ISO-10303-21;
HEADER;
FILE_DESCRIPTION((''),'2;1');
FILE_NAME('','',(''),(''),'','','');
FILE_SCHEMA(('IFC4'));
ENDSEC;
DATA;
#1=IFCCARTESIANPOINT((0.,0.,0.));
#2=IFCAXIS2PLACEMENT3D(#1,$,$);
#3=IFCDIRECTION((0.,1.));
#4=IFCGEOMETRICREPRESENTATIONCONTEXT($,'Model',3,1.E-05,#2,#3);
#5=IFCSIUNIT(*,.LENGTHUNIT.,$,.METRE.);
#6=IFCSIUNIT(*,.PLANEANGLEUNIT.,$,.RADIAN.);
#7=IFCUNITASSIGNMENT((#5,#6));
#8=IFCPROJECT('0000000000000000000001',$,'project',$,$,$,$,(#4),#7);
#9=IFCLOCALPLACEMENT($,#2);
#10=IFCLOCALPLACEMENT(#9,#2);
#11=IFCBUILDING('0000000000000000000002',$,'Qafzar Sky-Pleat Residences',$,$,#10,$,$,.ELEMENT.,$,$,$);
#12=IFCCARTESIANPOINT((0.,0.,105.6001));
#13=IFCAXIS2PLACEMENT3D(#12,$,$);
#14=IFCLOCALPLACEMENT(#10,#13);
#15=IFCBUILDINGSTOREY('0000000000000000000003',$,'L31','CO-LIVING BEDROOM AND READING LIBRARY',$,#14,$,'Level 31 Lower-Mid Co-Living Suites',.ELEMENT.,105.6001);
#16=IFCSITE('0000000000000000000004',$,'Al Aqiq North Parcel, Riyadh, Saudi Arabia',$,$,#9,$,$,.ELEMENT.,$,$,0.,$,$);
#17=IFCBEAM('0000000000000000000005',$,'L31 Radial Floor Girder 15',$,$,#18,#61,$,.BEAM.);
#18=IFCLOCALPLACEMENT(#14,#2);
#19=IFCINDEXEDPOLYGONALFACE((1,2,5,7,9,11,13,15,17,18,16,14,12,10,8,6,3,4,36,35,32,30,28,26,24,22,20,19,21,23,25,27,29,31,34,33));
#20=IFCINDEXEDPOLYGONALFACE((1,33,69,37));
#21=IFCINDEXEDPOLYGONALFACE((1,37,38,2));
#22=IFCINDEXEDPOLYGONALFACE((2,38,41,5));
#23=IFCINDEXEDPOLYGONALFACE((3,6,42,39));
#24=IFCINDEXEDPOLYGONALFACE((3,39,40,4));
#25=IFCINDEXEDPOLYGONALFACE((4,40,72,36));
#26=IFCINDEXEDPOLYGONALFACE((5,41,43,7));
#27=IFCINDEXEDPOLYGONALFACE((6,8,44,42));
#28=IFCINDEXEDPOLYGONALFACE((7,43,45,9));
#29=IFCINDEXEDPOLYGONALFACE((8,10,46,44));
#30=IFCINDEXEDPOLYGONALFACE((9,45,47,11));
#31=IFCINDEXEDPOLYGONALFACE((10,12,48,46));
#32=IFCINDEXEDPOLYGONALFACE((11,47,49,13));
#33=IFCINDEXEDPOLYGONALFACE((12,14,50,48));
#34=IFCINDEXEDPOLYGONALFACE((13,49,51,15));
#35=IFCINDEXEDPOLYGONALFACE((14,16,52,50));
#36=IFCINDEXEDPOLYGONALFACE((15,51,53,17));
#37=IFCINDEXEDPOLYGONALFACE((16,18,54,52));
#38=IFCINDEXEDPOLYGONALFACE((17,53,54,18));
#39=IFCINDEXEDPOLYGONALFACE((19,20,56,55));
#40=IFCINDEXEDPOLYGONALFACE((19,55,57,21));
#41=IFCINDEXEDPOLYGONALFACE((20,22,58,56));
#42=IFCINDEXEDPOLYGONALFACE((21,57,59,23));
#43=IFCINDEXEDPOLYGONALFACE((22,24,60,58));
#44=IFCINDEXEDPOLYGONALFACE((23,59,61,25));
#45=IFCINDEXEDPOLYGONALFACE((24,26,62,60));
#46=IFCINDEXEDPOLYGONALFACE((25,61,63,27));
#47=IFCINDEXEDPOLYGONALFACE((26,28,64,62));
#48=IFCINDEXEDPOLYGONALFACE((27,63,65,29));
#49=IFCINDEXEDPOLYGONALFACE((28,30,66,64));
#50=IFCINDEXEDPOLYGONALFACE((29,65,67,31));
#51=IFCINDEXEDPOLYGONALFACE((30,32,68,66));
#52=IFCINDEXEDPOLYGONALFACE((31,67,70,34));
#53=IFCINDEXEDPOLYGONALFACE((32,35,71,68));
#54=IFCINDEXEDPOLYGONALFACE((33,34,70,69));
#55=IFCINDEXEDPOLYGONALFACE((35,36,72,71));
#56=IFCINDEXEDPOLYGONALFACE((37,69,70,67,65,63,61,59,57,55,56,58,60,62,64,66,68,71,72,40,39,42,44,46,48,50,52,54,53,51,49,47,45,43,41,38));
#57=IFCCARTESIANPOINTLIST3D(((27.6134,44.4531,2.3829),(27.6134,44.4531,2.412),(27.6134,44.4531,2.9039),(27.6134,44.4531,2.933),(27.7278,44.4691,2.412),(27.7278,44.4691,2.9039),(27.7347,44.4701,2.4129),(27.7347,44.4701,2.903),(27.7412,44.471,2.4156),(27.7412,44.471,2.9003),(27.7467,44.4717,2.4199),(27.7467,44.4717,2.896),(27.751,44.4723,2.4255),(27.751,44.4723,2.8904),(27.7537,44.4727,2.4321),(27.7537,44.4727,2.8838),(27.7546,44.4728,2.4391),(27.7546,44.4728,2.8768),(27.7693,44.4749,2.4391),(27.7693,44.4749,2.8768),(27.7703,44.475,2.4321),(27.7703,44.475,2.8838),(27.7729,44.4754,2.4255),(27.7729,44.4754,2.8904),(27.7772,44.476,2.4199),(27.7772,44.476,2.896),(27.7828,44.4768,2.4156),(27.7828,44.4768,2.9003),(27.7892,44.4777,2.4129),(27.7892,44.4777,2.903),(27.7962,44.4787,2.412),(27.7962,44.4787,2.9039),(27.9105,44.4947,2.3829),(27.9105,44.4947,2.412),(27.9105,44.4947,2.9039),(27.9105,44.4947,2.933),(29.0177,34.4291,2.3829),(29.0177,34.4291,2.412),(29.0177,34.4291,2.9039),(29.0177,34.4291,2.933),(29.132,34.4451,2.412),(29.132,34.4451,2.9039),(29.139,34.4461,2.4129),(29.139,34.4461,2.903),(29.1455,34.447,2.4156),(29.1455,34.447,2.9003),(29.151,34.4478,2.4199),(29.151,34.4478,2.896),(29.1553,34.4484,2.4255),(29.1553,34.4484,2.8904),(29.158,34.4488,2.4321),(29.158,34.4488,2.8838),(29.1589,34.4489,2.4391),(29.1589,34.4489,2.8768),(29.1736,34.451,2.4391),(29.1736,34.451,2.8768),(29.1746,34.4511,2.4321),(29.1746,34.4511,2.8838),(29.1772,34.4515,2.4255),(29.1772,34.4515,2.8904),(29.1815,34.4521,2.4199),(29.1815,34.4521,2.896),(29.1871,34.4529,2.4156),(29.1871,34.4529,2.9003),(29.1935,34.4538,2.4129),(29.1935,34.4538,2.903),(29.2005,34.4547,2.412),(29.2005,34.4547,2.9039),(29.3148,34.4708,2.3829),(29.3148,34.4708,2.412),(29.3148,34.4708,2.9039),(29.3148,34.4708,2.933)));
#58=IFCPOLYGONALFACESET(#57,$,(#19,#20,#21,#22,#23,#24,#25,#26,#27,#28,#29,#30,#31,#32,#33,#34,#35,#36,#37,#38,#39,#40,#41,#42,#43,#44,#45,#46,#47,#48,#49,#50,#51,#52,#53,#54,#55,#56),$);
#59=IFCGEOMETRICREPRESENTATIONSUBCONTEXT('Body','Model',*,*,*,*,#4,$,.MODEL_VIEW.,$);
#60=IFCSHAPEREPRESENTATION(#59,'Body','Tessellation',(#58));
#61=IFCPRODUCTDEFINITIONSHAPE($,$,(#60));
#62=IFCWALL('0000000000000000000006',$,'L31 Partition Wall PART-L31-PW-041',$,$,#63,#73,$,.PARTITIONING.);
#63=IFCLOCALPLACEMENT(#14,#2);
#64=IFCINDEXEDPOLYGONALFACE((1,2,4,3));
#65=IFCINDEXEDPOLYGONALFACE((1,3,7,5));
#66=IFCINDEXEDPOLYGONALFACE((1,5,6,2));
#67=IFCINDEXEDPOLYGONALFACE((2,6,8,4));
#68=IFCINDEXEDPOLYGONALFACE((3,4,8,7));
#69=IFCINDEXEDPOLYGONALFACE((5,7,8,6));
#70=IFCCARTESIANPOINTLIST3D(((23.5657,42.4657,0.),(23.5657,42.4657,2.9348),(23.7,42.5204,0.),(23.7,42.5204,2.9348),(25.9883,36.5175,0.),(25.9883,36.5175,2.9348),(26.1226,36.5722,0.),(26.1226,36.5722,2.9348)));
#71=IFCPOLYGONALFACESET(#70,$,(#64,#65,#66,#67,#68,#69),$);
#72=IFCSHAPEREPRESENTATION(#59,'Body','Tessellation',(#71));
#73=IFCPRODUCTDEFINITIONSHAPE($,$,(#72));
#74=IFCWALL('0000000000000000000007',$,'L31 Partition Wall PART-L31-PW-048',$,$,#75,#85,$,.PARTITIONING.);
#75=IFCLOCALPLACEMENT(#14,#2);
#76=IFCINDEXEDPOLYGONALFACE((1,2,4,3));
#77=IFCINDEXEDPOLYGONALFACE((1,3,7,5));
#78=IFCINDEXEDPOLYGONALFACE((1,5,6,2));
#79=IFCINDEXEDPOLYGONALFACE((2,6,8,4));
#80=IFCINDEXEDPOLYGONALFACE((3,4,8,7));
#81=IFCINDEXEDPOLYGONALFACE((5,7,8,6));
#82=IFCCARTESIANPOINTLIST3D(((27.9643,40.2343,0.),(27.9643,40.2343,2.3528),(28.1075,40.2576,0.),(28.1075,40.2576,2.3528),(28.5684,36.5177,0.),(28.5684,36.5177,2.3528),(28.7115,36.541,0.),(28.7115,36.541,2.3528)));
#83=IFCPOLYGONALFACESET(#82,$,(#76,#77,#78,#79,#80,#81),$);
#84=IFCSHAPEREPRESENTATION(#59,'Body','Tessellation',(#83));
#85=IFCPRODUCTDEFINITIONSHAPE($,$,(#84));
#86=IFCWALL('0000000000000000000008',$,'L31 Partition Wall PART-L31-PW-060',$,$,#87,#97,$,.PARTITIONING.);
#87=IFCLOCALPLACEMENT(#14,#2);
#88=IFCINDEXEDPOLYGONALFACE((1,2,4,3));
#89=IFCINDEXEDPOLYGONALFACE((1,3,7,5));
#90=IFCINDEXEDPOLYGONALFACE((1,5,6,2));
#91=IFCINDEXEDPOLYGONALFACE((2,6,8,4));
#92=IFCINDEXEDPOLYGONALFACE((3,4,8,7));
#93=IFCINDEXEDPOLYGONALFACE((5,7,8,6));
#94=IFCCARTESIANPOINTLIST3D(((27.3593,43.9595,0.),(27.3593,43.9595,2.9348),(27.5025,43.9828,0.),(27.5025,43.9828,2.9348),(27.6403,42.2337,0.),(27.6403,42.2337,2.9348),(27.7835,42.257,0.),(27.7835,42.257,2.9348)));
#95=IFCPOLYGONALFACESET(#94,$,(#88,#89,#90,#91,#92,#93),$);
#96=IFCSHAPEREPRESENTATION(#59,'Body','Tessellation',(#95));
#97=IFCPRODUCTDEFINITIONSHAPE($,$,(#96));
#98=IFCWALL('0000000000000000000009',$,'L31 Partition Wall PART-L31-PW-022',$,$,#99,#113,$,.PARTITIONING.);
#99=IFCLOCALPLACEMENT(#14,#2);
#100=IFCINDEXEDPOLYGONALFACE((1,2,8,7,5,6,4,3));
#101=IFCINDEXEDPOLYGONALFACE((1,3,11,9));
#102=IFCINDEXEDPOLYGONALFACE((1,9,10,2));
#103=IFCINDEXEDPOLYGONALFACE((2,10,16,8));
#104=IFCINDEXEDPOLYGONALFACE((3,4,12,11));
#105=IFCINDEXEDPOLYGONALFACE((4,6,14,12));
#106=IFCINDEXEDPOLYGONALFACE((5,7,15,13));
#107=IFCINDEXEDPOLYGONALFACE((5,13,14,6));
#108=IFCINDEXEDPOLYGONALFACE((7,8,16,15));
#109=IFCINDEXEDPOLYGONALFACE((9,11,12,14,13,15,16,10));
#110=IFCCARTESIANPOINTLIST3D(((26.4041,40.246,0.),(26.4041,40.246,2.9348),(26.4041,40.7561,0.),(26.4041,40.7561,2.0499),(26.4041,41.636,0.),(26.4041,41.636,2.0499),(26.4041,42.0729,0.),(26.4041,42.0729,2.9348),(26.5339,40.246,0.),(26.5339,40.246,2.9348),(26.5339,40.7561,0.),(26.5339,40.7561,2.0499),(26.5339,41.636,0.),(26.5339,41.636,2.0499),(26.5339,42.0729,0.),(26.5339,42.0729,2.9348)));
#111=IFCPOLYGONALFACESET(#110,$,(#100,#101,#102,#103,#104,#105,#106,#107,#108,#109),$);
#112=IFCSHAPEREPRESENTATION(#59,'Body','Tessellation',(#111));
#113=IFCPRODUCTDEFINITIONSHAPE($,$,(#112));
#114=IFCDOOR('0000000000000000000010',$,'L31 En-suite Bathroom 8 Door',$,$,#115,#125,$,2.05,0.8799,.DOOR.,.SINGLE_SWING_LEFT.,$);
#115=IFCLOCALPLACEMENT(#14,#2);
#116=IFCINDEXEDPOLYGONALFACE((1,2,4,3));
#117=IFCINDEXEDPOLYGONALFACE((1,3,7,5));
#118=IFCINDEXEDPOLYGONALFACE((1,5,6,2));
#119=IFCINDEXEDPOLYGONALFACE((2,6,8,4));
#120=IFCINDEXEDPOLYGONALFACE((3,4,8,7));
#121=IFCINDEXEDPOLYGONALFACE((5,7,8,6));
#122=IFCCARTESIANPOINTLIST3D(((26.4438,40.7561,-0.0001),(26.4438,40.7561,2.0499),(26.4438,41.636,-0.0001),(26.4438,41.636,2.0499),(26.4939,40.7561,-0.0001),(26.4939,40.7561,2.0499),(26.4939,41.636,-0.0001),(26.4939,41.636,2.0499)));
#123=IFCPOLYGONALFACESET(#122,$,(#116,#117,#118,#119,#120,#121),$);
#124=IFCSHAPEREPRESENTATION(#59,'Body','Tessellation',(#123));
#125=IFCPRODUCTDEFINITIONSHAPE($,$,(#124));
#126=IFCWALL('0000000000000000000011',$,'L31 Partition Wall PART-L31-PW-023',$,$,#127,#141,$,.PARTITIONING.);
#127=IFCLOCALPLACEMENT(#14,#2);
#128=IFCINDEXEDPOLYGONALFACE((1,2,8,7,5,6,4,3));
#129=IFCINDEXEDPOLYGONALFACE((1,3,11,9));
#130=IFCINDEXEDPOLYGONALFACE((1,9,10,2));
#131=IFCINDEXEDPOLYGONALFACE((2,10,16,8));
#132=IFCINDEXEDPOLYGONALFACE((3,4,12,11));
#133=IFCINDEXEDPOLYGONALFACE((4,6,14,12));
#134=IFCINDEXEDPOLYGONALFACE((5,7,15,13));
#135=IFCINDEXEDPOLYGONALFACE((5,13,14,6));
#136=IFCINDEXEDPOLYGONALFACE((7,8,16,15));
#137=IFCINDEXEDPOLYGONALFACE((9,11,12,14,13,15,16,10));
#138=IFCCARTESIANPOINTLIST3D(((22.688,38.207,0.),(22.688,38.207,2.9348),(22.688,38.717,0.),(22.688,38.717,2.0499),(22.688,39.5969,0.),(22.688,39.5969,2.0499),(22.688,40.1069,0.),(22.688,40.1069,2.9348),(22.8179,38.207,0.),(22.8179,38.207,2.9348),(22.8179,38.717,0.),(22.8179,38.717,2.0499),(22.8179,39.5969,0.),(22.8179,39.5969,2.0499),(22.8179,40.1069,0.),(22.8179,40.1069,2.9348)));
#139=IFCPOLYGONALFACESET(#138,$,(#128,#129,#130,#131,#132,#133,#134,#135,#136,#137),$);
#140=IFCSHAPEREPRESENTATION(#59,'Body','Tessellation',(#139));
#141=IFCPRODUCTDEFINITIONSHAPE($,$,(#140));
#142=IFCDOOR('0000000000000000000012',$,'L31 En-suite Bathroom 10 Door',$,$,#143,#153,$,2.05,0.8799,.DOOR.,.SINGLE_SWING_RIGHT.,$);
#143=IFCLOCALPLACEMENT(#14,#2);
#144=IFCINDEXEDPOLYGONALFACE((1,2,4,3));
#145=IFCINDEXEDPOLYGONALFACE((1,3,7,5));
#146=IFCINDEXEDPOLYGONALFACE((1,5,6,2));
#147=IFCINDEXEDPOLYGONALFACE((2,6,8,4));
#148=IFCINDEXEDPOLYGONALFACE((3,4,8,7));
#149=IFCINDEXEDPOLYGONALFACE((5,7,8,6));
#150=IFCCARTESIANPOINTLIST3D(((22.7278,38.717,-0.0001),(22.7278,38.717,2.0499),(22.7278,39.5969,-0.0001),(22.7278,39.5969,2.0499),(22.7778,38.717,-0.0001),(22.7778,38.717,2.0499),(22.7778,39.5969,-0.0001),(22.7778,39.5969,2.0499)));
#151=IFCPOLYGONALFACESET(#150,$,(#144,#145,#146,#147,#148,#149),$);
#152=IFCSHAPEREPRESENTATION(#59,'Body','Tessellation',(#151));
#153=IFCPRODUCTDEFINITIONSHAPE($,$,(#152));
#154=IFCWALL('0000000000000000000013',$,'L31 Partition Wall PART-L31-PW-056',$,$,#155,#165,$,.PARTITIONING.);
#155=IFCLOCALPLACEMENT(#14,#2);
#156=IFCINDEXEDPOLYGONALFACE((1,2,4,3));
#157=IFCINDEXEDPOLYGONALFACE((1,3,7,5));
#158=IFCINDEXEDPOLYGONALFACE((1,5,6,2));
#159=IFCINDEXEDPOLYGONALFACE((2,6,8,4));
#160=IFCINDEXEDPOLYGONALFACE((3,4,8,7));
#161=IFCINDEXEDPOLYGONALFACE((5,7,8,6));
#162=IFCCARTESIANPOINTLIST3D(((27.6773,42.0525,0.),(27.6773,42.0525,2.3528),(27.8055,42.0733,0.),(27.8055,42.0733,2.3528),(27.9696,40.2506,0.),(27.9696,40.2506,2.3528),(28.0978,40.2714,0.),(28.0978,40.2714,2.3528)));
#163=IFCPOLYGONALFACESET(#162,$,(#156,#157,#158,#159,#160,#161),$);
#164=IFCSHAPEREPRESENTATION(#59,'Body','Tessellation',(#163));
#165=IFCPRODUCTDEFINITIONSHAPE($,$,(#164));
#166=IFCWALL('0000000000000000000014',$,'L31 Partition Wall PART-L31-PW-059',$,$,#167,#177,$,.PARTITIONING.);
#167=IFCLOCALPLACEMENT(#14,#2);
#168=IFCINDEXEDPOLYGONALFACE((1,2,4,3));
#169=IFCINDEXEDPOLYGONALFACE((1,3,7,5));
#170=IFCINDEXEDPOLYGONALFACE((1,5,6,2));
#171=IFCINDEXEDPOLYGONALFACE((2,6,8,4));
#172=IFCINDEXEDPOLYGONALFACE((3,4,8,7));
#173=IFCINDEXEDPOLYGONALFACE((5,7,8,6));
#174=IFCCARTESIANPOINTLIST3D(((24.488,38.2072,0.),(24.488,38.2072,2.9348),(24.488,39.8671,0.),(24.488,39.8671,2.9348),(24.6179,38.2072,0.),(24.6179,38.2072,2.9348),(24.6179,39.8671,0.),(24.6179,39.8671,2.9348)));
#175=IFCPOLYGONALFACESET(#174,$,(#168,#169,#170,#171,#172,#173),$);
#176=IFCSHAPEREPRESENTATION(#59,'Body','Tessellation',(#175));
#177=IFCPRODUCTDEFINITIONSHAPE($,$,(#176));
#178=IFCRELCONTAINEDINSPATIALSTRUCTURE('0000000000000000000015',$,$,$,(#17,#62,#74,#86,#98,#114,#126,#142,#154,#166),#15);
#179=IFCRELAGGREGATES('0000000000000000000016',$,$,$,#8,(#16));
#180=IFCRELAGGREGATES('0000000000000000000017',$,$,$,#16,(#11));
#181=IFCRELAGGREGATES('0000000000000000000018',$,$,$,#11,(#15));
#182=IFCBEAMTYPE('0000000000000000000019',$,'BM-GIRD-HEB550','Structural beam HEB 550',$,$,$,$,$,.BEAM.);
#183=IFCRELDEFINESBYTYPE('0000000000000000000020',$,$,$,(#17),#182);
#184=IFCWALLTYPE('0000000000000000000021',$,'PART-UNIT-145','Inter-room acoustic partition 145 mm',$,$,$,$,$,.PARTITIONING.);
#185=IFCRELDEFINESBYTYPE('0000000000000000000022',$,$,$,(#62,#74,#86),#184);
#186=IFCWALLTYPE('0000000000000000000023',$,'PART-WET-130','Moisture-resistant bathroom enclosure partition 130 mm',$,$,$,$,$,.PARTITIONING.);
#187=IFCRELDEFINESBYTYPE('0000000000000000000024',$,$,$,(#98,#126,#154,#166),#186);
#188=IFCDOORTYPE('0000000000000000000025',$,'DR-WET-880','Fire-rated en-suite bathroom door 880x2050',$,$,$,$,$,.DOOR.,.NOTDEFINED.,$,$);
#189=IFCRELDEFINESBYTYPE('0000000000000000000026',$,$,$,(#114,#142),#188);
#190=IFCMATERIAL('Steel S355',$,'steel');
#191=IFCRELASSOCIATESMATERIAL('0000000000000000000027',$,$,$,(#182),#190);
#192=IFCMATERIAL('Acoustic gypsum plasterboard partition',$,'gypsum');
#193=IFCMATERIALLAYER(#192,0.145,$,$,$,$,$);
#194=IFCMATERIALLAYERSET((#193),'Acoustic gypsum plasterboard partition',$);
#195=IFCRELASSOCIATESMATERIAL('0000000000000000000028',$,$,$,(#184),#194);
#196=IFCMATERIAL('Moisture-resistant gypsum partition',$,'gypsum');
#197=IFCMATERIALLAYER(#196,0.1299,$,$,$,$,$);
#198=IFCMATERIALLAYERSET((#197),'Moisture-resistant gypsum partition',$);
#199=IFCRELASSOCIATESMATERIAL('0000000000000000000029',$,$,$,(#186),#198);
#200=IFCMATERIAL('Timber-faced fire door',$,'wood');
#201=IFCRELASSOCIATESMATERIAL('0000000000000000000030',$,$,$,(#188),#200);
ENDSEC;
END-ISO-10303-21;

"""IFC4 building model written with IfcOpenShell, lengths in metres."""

from ifc_helpers import new_model, si_unit, direction, frame, frame_2d, origin, origin_2d, place, context, subcontext, project, spatial, rectangle, i_section, extrude, source, transform, mapped, material, layer, layer_set, material_profile, profile_set, type_object, element, fill, save


model = new_model("IFC4")

# Units and contexts
model_context = context("Model", 3, precision=1e-05, world=origin(), true_north=direction((0.0, 1.0)))
body_context = subcontext(model_context, "Body", "Model", "MODEL_VIEW")
ifc_project = project(units=[si_unit("LENGTHUNIT", "METRE"), si_unit("PLANEANGLEUNIT", "RADIAN")], contexts=[model_context])

# Site, building, storey
site_placement = place(None, origin())
site = spatial("IfcSite", under=ifc_project, at=site_placement, Name="Al Aqiq North Parcel, Riyadh, Saudi Arabia", CompositionType="ELEMENT", RefElevation=0.0)
building_placement = place(site_placement, origin())
building = spatial("IfcBuilding", under=site, at=building_placement, Name="Qafzar Sky-Pleat Residences", CompositionType="ELEMENT")
storey_placement = place(building_placement, frame((0.0, 0.0, 105.6001)))
storey = spatial("IfcBuildingStorey", under=building, at=storey_placement, Name="L31", Description="CO-LIVING BEDROOM AND READING LIBRARY", LongName="Level 31 Lower-Mid Co-Living Suites", CompositionType="ELEMENT", Elevation=105.6001)

# Beam
ifc_material_1 = material(Name="Steel S355", Category="steel")
ifc_material_profile_1 = material_profile(ifc_material_1, i_section(OverallWidth=0.3, OverallDepth=0.55, WebThickness=0.0149, FlangeThickness=0.0291, FilletRadius=0.0271, at=origin_2d()), Name="HEB 550")
ifc_profile_set_1 = profile_set([ifc_material_profile_1], Name="Steel S355")
beam_type_1 = type_object("IfcBeamType", Name="BM-GIRD-HEB550", Description="Structural beam HEB 550", PredefinedType="BEAM", material=ifc_profile_set_1)
shared_shape_1 = source(origin(), body_context, "Body", "SweptSolid", [
    extrude(i_section(OverallWidth=0.3, OverallDepth=0.55, WebThickness=0.0149, FlangeThickness=0.0291, FilletRadius=0.0271, at=origin_2d()), origin(), (0.0, 0.0, 1.0), 10.1218),
])
beam_1_placement = place(storey_placement, frame((27.762, 44.4739, 2.658), z_axis=(0.13874, -0.990329, 0.0), x_axis=(0.990329, 0.13874, 0.0)))
element("IfcBeam", 1, at=beam_1_placement, inside=storey, type_object=beam_type_1, Name="L31 Radial Floor Girder 15", PredefinedType="BEAM", context=body_context, shape_type="MappedRepresentation", body=[
    mapped(shared_shape_1, transform((0.0, 0.0, 0.0), x_axis=(1.0, 0.0, 0.0), y_axis=(0.0, 1.0, 0.0), z_axis=(0.0, 0.0, 1.0), scale=1.0)),
])

# Walls
ifc_material_2 = material(Name="Acoustic gypsum plasterboard partition", Category="gypsum")
ifc_layer_1 = layer(ifc_material_2, 0.145)
ifc_layer_set_1 = layer_set([ifc_layer_1], Name="Acoustic gypsum plasterboard partition")
wall_type_1 = type_object("IfcWallType", Name="PART-UNIT-145", Description="Inter-room acoustic partition 145 mm", PredefinedType="PARTITIONING", material=ifc_layer_set_1)
wall_1_placement = place(storey_placement, frame((23.6328, 42.4932, 0.0), z_axis=(0.0, 0.0, 1.0), x_axis=(0.377197, -0.926133, 0.0)))
element("IfcWall", 2, at=wall_1_placement, inside=storey, type_object=wall_type_1, Name="L31 Partition Wall PART-L31-PW-041", PredefinedType="PARTITIONING", context=body_context, shape_type="SweptSolid", body=[
    extrude(rectangle(XDim=6.4226, YDim=0.145, at=frame_2d((3.2114, 0.0))), origin(), (0.0, 0.0, 1.0), 2.9348),
])
wall_2_placement = place(storey_placement, frame((28.0359, 40.2461, 0.0), z_axis=(0.0, 0.0, 1.0), x_axis=(0.160413, -0.98705, 0.0)))
element("IfcWall", 3, at=wall_2_placement, inside=storey, type_object=wall_type_1, Name="L31 Partition Wall PART-L31-PW-048", PredefinedType="PARTITIONING", context=body_context, shape_type="SweptSolid", body=[
    extrude(rectangle(XDim=3.7654, YDim=0.145, at=frame_2d((1.8828, 0.0))), origin(), (0.0, 0.0, 1.0), 2.3528),
])
wall_3_placement = place(storey_placement, frame((27.4309, 43.9712, 0.0), z_axis=(0.0, 0.0, 1.0), x_axis=(0.160707, -0.987002, 0.0)))
element("IfcWall", 4, at=wall_3_placement, inside=storey, type_object=wall_type_1, Name="L31 Partition Wall PART-L31-PW-060", PredefinedType="PARTITIONING", context=body_context, shape_type="SweptSolid", body=[
    extrude(rectangle(XDim=1.7485, YDim=0.145, at=frame_2d((0.8743, 0.0))), origin(), (0.0, 0.0, 1.0), 2.9348),
])

# Walls, openings, doors
ifc_material_3 = material(Name="Moisture-resistant gypsum partition", Category="gypsum")
ifc_layer_2 = layer(ifc_material_3, 0.1299)
ifc_layer_set_2 = layer_set([ifc_layer_2], Name="Moisture-resistant gypsum partition")
wall_type_2 = type_object("IfcWallType", Name="PART-WET-130", Description="Moisture-resistant bathroom enclosure partition 130 mm", PredefinedType="PARTITIONING", material=ifc_layer_set_2)
wall_4_placement = place(storey_placement, frame((26.469, 42.073, 0.0), z_axis=(0.0, 0.0, 1.0), x_axis=(0.0, -1.0, 0.0)))
wall_4 = element("IfcWall", 5, at=wall_4_placement, inside=storey, type_object=wall_type_2, Name="L31 Partition Wall PART-L31-PW-022", PredefinedType="PARTITIONING", context=body_context, shape_type="SweptSolid", body=[
    extrude(rectangle(XDim=1.8269, YDim=0.1299, at=frame_2d((0.9136, 0.0))), origin(), (0.0, 0.0, 1.0), 2.9348),
])
opening_1_placement = place(wall_4_placement, frame((0.437, 0.0, 0.0)))
opening_1 = element("IfcOpeningElement", 6, at=opening_1_placement, cuts=wall_4, PredefinedType="OPENING", context=body_context, shape_type="SweptSolid", body=[
    extrude(rectangle(XDim=0.8799, YDim=2.05, at=frame_2d((0.4399, 1.0249))), frame((0.0, 0.075, 0.0), z_axis=(0.0, -1.0, 0.0), x_axis=(1.0, 0.0, 0.0)), (0.0, 0.0, 1.0), 0.1499),
])
ifc_material_4 = material(Name="Timber-faced fire door", Category="wood")
door_type = type_object("IfcDoorType", Name="DR-WET-880", Description="Fire-rated en-suite bathroom door 880x2050", OperationType="NOTDEFINED", PredefinedType="DOOR", material=ifc_material_4)
shared_shape_2 = source(origin(), body_context, "Body", "SweptSolid", [
    extrude(rectangle(XDim=0.8799, YDim=2.05, at=frame_2d((0.4399, 1.0249))), frame((0.0, 0.0249, 0.0), z_axis=(0.0, -1.0, 0.0), x_axis=(1.0, 0.0, 0.0)), (0.0, 0.0, 1.0), 0.05),
])
door_1_placement = place(opening_1_placement, origin())
door_1 = element("IfcDoor", 7, at=door_1_placement, inside=storey, type_object=door_type, Name="L31 En-suite Bathroom 8 Door", OperationType="SINGLE_SWING_LEFT", OverallHeight=2.05, OverallWidth=0.8799, PredefinedType="DOOR", context=body_context, shape_type="MappedRepresentation", body=[
    mapped(shared_shape_2, transform((0.0, 0.0, 0.0), x_axis=(1.0, 0.0, 0.0), y_axis=(0.0, 1.0, 0.0), z_axis=(0.0, 0.0, 1.0), scale=1.0)),
])
fill(opening_1, door_1)
wall_5_placement = place(storey_placement, frame((22.7529, 40.1069, 0.0), z_axis=(0.0, 0.0, 1.0), x_axis=(0.0, -1.0, 0.0)))
wall_5 = element("IfcWall", 8, at=wall_5_placement, inside=storey, type_object=wall_type_2, Name="L31 Partition Wall PART-L31-PW-023", PredefinedType="PARTITIONING", context=body_context, shape_type="SweptSolid", body=[
    extrude(rectangle(XDim=1.8999, YDim=0.1299, at=frame_2d((0.95, 0.0))), origin(), (0.0, 0.0, 1.0), 2.9348),
])
opening_2_placement = place(wall_5_placement, frame((0.51, 0.0, 0.0)))
opening_2 = element("IfcOpeningElement", 9, at=opening_2_placement, cuts=wall_5, PredefinedType="OPENING", context=body_context, shape_type="SweptSolid", body=[
    extrude(rectangle(XDim=0.8799, YDim=2.05, at=frame_2d((0.4399, 1.0249))), frame((0.0, 0.075, 0.0), z_axis=(0.0, -1.0, 0.0), x_axis=(1.0, 0.0, 0.0)), (0.0, 0.0, 1.0), 0.1499),
])
door_2_placement = place(opening_2_placement, origin())
door_2 = element("IfcDoor", 10, at=door_2_placement, inside=storey, type_object=door_type, Name="L31 En-suite Bathroom 10 Door", OperationType="SINGLE_SWING_RIGHT", OverallHeight=2.05, OverallWidth=0.8799, PredefinedType="DOOR", context=body_context, shape_type="MappedRepresentation", body=[
    mapped(shared_shape_2, transform((0.0, 0.0, 0.0), x_axis=(1.0, 0.0, 0.0), y_axis=(0.0, 1.0, 0.0), z_axis=(0.0, 0.0, 1.0), scale=1.0)),
])
fill(opening_2, door_2)

# Walls
wall_6_placement = place(storey_placement, frame((27.7415, 42.0627, 0.0), z_axis=(0.0, 0.0, 1.0), x_axis=(0.160082, -0.987104, 0.0)))
element("IfcWall", 11, at=wall_6_placement, inside=storey, type_object=wall_type_2, Name="L31 Partition Wall PART-L31-PW-056", PredefinedType="PARTITIONING", context=body_context, shape_type="SweptSolid", body=[
    extrude(rectangle(XDim=1.8254, YDim=0.1299, at=frame_2d((0.9126, 0.0))), origin(), (0.0, 0.0, 1.0), 2.3528),
])
wall_7_placement = place(storey_placement, frame((24.553, 38.207, 0.0), z_axis=(0.0, 0.0, 1.0), x_axis=(0.0, 1.0, 0.0)))
element("IfcWall", 12, at=wall_7_placement, inside=storey, type_object=wall_type_2, Name="L31 Partition Wall PART-L31-PW-059", PredefinedType="PARTITIONING", context=body_context, shape_type="SweptSolid", body=[
    extrude(rectangle(XDim=1.6599, YDim=0.1299, at=frame_2d((0.8301, 0.0))), origin(), (0.0, 0.0, 1.0), 2.9348),
])

save(model, "model.ifc")
